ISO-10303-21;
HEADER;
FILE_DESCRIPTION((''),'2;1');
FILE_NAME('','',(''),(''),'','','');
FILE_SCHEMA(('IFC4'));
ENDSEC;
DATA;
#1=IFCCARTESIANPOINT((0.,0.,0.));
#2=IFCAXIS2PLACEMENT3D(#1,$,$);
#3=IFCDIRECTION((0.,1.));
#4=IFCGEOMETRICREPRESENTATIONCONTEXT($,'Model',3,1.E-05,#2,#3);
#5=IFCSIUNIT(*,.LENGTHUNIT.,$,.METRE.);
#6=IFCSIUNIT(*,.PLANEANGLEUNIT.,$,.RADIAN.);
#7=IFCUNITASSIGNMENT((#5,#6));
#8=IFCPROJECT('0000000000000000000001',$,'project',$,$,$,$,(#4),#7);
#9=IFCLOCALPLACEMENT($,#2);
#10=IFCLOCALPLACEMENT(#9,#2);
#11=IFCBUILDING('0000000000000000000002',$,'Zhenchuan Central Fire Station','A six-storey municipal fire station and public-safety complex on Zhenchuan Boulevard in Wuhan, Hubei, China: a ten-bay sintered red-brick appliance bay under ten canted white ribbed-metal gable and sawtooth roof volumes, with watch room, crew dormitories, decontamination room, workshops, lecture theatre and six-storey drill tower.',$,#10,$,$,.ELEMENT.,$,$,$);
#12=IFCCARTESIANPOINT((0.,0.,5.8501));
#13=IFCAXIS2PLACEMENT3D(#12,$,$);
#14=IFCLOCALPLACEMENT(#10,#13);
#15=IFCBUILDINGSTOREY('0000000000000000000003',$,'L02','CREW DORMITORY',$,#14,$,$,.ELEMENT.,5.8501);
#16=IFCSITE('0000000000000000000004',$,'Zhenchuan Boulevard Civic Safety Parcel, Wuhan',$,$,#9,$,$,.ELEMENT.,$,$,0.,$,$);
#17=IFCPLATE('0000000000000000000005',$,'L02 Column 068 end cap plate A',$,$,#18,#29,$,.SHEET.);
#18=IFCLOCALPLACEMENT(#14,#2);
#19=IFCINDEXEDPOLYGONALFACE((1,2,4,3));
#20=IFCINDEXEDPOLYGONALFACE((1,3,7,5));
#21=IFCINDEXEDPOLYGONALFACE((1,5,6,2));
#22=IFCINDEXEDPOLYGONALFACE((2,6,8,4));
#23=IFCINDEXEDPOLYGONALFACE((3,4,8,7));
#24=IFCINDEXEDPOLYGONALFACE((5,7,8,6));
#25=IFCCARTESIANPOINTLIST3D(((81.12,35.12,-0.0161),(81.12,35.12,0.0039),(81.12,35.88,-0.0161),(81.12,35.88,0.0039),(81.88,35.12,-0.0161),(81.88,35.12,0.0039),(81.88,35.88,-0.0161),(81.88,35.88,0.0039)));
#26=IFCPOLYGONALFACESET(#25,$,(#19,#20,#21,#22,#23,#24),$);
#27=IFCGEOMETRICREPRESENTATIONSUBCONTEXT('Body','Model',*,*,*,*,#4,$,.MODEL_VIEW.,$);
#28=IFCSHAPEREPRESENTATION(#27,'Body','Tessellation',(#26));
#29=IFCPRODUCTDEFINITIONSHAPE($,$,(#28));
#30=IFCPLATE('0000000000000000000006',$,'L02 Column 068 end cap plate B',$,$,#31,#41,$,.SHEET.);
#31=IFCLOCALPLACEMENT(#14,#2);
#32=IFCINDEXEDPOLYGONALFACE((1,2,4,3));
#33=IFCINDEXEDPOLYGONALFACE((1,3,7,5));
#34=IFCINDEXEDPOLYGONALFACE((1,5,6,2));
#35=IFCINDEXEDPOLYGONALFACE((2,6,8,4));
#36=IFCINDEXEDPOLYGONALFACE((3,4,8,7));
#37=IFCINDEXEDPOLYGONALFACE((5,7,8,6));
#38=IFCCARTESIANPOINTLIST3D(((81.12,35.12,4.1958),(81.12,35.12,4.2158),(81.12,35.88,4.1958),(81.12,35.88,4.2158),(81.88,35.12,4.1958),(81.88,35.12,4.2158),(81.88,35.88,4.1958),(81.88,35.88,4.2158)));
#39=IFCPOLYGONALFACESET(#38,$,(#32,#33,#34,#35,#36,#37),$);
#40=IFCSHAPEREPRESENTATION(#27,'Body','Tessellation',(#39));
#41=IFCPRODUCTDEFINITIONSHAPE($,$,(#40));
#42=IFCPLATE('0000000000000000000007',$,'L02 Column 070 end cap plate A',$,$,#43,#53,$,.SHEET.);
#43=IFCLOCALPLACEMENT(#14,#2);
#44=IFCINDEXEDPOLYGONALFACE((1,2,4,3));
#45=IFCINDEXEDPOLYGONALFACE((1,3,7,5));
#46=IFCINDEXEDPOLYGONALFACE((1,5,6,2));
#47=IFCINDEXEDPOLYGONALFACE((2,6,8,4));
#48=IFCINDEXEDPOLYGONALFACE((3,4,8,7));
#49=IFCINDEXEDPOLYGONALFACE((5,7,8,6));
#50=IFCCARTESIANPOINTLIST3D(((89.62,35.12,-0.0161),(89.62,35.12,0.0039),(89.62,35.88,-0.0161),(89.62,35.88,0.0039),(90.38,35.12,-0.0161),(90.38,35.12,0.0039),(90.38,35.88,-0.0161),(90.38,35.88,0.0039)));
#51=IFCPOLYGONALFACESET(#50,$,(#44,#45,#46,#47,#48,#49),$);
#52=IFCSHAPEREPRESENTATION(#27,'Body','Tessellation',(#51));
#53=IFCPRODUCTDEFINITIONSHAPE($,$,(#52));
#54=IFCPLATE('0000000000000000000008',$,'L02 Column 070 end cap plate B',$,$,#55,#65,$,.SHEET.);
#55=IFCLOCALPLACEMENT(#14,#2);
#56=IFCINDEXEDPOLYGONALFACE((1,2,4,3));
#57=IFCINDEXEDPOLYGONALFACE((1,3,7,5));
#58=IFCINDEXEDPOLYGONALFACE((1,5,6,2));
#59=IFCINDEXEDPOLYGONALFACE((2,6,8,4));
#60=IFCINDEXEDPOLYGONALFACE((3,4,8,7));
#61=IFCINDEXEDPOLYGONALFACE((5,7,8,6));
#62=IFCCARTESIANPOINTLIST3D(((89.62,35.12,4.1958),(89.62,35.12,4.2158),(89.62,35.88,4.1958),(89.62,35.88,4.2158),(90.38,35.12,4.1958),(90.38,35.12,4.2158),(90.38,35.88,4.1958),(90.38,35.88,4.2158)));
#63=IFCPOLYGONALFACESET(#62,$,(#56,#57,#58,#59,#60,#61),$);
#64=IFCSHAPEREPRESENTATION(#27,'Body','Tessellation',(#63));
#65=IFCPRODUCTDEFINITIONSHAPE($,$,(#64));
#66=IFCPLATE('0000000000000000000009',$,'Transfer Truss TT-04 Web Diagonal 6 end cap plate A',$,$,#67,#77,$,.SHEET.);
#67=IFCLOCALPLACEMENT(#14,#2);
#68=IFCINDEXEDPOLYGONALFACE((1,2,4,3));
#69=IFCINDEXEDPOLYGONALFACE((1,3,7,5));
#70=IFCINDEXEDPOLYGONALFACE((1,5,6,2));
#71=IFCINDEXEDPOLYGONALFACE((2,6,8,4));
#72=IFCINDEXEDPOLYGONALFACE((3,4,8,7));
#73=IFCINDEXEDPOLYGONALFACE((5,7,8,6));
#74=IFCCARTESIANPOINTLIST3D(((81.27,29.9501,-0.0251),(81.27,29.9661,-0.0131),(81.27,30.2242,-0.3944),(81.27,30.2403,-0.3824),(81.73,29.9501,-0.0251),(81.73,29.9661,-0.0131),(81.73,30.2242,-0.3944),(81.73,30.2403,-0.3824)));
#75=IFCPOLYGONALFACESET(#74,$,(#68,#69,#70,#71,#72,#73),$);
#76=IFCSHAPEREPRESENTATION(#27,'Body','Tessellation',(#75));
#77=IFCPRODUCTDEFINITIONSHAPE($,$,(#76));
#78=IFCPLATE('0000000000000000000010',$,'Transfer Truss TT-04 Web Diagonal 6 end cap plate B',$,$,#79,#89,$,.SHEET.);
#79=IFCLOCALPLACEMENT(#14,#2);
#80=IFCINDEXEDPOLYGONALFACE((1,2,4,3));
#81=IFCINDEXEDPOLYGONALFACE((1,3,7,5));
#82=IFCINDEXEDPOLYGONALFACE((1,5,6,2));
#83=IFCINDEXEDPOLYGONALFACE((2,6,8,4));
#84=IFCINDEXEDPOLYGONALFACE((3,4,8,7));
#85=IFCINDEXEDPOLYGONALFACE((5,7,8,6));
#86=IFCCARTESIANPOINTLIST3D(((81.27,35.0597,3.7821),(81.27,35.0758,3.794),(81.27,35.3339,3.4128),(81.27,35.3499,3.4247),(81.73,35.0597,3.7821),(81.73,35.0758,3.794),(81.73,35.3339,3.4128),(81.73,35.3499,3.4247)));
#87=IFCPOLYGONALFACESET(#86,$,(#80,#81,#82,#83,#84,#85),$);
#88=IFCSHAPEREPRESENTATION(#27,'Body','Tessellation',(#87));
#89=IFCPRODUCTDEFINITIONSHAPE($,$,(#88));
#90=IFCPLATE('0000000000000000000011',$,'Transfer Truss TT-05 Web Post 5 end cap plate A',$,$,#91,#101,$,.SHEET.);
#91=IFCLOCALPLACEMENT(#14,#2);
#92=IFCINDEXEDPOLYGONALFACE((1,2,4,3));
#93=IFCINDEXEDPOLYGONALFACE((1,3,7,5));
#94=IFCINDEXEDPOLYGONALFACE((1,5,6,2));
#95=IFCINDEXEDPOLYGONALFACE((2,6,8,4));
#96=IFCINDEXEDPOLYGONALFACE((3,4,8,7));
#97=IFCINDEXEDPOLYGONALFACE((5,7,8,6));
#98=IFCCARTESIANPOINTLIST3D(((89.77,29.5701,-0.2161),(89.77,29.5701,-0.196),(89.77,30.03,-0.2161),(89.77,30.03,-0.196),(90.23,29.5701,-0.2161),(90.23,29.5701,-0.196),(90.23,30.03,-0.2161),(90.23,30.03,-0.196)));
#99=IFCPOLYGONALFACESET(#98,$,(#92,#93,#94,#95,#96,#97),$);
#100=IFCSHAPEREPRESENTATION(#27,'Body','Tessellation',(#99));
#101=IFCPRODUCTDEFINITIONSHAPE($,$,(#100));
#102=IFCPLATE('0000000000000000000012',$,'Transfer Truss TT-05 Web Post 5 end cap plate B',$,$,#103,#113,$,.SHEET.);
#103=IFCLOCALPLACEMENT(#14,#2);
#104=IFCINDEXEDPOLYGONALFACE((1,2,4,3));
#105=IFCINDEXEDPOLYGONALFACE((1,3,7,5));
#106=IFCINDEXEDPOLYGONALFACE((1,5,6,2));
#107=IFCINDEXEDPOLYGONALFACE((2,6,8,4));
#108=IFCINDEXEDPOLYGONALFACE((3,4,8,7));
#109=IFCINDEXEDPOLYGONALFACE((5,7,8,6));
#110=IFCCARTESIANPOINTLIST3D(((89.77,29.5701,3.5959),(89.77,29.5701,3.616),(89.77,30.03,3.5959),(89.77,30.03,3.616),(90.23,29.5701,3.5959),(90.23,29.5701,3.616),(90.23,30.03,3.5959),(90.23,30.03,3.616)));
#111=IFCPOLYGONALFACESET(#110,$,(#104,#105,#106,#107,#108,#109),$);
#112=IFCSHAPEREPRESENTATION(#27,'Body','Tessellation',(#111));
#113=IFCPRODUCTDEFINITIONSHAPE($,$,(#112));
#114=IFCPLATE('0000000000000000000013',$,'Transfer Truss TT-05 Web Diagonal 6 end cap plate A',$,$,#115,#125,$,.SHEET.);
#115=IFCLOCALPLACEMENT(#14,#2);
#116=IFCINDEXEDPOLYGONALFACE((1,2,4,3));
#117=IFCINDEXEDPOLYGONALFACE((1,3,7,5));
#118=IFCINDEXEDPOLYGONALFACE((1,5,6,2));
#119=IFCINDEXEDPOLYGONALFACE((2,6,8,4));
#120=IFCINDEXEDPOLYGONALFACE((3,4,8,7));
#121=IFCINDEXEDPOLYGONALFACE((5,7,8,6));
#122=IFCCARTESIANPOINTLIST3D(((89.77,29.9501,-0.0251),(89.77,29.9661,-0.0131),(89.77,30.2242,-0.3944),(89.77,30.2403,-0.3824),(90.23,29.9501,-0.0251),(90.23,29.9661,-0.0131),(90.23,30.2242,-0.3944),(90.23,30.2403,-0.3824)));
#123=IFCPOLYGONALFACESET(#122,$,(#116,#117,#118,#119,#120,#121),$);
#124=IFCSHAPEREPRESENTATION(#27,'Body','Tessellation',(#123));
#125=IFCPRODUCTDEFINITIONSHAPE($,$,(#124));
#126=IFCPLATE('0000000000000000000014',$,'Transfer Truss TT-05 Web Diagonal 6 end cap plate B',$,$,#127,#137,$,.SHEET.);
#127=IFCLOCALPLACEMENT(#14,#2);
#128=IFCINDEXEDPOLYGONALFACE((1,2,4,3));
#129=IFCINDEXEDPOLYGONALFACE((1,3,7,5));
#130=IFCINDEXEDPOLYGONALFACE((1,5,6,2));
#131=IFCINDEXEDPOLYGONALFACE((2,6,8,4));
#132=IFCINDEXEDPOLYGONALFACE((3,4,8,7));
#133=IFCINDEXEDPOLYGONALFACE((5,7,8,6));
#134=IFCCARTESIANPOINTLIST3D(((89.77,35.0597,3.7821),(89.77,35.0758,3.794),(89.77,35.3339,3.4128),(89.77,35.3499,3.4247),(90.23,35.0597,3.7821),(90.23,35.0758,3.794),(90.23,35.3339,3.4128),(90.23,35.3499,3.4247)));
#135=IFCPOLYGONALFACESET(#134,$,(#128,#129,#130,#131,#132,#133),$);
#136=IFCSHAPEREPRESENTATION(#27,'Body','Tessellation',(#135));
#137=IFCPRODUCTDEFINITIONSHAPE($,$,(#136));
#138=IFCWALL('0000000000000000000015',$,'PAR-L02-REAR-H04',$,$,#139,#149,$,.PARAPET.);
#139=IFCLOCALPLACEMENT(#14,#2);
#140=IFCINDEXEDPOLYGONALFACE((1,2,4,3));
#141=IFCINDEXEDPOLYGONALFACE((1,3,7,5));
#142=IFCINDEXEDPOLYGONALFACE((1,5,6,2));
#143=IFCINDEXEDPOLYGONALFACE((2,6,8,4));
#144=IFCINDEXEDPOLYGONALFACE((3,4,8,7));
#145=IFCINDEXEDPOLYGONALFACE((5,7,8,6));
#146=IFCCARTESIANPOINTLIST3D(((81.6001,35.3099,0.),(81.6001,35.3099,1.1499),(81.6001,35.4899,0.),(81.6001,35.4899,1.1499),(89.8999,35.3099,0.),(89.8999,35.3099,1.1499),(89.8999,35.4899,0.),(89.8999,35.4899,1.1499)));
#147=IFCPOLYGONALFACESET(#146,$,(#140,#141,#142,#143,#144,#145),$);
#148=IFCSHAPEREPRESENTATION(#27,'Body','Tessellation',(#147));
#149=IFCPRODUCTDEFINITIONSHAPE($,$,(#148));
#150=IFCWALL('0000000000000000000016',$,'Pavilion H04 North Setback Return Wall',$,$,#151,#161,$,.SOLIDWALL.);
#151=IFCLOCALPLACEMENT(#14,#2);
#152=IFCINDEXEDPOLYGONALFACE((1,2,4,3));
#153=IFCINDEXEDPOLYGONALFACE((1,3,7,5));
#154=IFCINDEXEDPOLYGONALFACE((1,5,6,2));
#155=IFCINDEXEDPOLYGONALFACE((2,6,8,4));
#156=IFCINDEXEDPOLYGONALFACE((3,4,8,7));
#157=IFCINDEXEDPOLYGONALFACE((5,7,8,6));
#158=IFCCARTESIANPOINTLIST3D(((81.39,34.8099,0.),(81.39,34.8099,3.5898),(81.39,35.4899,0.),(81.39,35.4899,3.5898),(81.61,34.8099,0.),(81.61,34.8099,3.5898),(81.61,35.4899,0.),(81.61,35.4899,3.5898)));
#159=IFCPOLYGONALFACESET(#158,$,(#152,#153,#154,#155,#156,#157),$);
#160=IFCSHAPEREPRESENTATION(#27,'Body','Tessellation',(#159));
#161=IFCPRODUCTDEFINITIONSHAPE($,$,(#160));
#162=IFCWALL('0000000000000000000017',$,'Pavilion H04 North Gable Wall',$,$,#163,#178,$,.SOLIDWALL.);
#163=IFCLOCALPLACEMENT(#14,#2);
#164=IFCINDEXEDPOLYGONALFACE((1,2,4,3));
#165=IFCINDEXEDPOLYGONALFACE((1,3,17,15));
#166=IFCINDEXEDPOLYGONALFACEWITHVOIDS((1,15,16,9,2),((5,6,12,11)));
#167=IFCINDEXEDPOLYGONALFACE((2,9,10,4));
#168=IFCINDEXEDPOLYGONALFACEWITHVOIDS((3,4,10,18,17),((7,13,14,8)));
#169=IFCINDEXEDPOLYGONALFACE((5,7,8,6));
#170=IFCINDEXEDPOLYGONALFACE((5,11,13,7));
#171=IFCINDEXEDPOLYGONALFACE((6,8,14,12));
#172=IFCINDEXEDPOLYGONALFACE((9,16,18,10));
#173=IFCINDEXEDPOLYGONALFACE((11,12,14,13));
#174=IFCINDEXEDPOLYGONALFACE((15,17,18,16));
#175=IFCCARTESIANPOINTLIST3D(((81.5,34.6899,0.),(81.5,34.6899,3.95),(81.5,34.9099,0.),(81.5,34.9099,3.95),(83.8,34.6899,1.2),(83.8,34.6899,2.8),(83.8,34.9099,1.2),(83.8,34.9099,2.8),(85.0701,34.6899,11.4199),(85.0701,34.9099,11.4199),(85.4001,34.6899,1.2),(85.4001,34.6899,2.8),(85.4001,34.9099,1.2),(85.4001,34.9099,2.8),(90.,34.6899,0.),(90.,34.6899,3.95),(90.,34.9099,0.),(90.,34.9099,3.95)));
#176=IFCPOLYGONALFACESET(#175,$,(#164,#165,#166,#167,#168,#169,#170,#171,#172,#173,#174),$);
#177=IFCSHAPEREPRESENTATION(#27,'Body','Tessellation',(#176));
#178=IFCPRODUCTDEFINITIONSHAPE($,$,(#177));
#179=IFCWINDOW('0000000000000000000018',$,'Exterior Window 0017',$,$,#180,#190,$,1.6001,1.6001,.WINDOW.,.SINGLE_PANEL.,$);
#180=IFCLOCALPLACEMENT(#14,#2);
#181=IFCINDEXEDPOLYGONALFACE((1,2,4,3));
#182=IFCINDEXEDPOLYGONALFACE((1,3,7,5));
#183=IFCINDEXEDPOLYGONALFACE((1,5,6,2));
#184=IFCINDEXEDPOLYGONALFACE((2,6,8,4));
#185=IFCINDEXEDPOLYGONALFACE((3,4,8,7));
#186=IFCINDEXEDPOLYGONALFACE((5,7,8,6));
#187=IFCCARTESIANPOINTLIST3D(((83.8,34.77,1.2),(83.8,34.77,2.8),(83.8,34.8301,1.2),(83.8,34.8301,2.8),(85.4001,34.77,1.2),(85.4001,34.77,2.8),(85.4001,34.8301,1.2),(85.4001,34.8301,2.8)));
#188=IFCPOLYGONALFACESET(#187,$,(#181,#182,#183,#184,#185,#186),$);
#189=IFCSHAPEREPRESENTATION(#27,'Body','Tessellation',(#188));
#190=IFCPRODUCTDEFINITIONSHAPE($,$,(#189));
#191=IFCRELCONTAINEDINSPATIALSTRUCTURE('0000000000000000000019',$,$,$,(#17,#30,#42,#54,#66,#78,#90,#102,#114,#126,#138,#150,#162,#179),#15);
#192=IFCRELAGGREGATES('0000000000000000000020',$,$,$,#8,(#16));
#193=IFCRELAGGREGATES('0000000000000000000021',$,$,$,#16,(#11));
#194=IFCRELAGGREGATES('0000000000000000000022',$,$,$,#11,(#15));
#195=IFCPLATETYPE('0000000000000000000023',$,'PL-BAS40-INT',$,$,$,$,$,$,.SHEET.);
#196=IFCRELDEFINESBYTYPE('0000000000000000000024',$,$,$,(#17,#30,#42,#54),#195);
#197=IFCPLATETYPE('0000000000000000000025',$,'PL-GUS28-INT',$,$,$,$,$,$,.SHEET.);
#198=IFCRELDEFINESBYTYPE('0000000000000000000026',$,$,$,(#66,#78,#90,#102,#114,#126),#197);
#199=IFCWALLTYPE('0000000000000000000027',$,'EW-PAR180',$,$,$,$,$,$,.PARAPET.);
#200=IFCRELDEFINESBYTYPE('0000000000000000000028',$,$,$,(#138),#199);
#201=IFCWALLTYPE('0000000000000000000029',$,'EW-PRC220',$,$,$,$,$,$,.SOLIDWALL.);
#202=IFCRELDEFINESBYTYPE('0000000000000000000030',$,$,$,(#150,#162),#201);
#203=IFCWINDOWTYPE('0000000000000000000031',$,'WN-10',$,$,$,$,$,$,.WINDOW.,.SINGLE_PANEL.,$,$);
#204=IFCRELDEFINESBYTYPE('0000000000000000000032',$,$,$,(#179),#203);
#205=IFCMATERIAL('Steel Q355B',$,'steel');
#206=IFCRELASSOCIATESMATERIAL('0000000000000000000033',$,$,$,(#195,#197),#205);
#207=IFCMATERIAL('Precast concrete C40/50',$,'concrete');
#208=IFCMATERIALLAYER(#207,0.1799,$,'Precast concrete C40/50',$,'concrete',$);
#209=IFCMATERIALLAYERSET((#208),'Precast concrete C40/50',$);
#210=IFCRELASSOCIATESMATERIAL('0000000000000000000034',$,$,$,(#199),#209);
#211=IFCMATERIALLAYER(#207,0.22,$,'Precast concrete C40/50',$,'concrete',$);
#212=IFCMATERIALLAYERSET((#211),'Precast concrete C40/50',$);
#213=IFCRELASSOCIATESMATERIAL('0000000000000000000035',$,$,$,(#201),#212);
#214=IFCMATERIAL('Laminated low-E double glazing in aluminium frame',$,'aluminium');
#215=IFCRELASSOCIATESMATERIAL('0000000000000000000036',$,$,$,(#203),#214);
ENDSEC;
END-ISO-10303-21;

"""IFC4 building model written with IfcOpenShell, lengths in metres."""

from ifc_helpers import new_model, si_unit, direction, frame, frame_2d, origin, origin_2d, place, context, subcontext, project, spatial, polyline, rectangle, outline, extrude, material, layer, layer_set, material_profile, profile_set, type_object, element, fill, save


model = new_model("IFC4")

# Units and contexts
model_context = context("Model", 3, precision=1e-05, world=origin(), true_north=direction((0.0, 1.0)))
body_context = subcontext(model_context, "Body", "Model", "MODEL_VIEW")
ifc_project = project(units=[si_unit("LENGTHUNIT", "METRE"), si_unit("PLANEANGLEUNIT", "RADIAN")], contexts=[model_context])

# Site, building, storey
site_placement = place(None, origin())
site = spatial("IfcSite", under=ifc_project, at=site_placement, Name="Zhenchuan Boulevard Civic Safety Parcel, Wuhan", CompositionType="ELEMENT", RefElevation=0.0)
building_placement = place(site_placement, origin())
building = spatial("IfcBuilding", under=site, at=building_placement, Name="Zhenchuan Central Fire Station", Description="A six-storey municipal fire station and public-safety complex on Zhenchuan Boulevard in Wuhan, Hubei, China: a ten-bay sintered red-brick appliance bay under ten canted white ribbed-metal gable and sawtooth roof volumes, with watch room, crew dormitories, decontamination room, workshops, lecture theatre and six-storey drill tower.", CompositionType="ELEMENT")
storey_placement = place(building_placement, frame((0.0, 0.0, 5.8501)))
storey = spatial("IfcBuildingStorey", under=building, at=storey_placement, Name="L02", Description="CREW DORMITORY", CompositionType="ELEMENT", Elevation=5.8501)

# Shared definitions
ifc_material_1 = material(Name="Steel Q355B", Category="steel")

# Plates
ifc_material_profile_1 = material_profile(ifc_material_1, rectangle(XDim=0.76, YDim=0.76, at=origin_2d()), Name="PL 760x760x40")
ifc_profile_set_1 = profile_set([ifc_material_profile_1], Name="Steel Q355B")
plate_type_1 = type_object("IfcPlateType", Name="PL-BAS40-INT", PredefinedType="SHEET", material=ifc_profile_set_1)
for number, where, z_axis, x_axis, name in (
    (1, (81.5, 35.5, -0.0161), (0.0, 0.0, 1.0), (1.0, 0.0, 0.0), "L02 Column 068 end cap plate A"),
    (2, (81.5, 35.5, 4.1958), (0.0, 0.0, 1.0), (1.0, 0.0, 0.0), "L02 Column 068 end cap plate B"),
    (3, (90.0, 35.5, -0.0161), (0.0, 0.0, 1.0), (1.0, 0.0, 0.0), "L02 Column 070 end cap plate A"),
    (4, (90.0, 35.5, 4.1958), (0.0, 0.0, 1.0), (1.0, 0.0, 0.0), "L02 Column 070 end cap plate B"),
):
    element("IfcPlate", number, at=place(storey_placement, frame(where, z_axis=z_axis, x_axis=x_axis)), inside=storey, type_object=plate_type_1, Name=name, PredefinedType="SHEET", context=body_context, shape_type="SweptSolid", body=[
        extrude(rectangle(XDim=0.76, YDim=0.76, at=origin_2d()), origin(), (0.0, 0.0, 1.0), 0.02),
    ])
ifc_material_profile_2 = material_profile(ifc_material_1, rectangle(XDim=0.46, YDim=0.46, at=origin_2d()), Name="PL 460x460x28")
ifc_profile_set_2 = profile_set([ifc_material_profile_2], Name="Steel Q355B")
plate_type_2 = type_object("IfcPlateType", Name="PL-GUS28-INT", PredefinedType="SHEET", material=ifc_profile_set_2)
for number, where, z_axis, x_axis, name in (
    (5, (81.5, 30.0872, -0.2097), (0.0, 0.80291, 0.5961), (-1.0, 0.0, 0.0), "Transfer Truss TT-04 Web Diagonal 6 end cap plate A"),
    (6, (81.5, 35.1968, 3.5974), (0.0, 0.80291, 0.5961), (-1.0, 0.0, 0.0), "Transfer Truss TT-04 Web Diagonal 6 end cap plate B"),
    (7, (90.0, 29.8, -0.2161), (0.0, 0.0, 1.0), (1.0, 0.0, 0.0), "Transfer Truss TT-05 Web Post 5 end cap plate A"),
    (8, (90.0, 29.8, 3.5959), (0.0, 0.0, 1.0), (1.0, 0.0, 0.0), "Transfer Truss TT-05 Web Post 5 end cap plate B"),
    (9, (90.0, 30.0872, -0.2097), (0.0, 0.80291, 0.5961), (-1.0, 0.0, 0.0), "Transfer Truss TT-05 Web Diagonal 6 end cap plate A"),
    (10, (90.0, 35.1968, 3.5974), (0.0, 0.80291, 0.5961), (-1.0, 0.0, 0.0), "Transfer Truss TT-05 Web Diagonal 6 end cap plate B"),
):
    element("IfcPlate", number, at=place(storey_placement, frame(where, z_axis=z_axis, x_axis=x_axis)), inside=storey, type_object=plate_type_2, Name=name, PredefinedType="SHEET", context=body_context, shape_type="SweptSolid", body=[
        extrude(rectangle(XDim=0.46, YDim=0.46, at=origin_2d()), origin(), (0.0, 0.0, 1.0), 0.02),
    ])

# Walls
ifc_material_2 = material(Name="Precast concrete C40/50", Category="concrete")
ifc_layer_1 = layer(ifc_material_2, 0.1799, Name="Precast concrete C40/50", Category="concrete")
ifc_layer_set_1 = layer_set([ifc_layer_1], Name="Precast concrete C40/50")
wall_type_1 = type_object("IfcWallType", Name="EW-PAR180", PredefinedType="PARAPET", material=ifc_layer_set_1)
wall_1_placement = place(storey_placement, frame((81.6001, 35.3999, 0.0), z_axis=(0.0, 0.0, 1.0), x_axis=(1.0, 0.0, 0.0)))
element("IfcWall", 11, at=wall_1_placement, inside=storey, type_object=wall_type_1, Name="PAR-L02-REAR-H04", PredefinedType="PARAPET", context=body_context, shape_type="SweptSolid", body=[
    extrude(rectangle(XDim=8.2998, YDim=0.1799, at=frame_2d((4.1499, 0.0))), origin(), (0.0, 0.0, 1.0), 1.1499),
])
ifc_layer_2 = layer(ifc_material_2, 0.22, Name="Precast concrete C40/50", Category="concrete")
ifc_layer_set_2 = layer_set([ifc_layer_2], Name="Precast concrete C40/50")
wall_type_2 = type_object("IfcWallType", Name="EW-PRC220", PredefinedType="SOLIDWALL", material=ifc_layer_set_2)
wall_2_placement = place(storey_placement, frame((81.5, 34.8101, 0.0), z_axis=(0.0, 0.0, 1.0), x_axis=(0.0, 1.0, 0.0)))
element("IfcWall", 12, at=wall_2_placement, inside=storey, type_object=wall_type_2, Name="Pavilion H04 North Setback Return Wall", PredefinedType="SOLIDWALL", context=body_context, shape_type="SweptSolid", body=[
    extrude(rectangle(XDim=0.6799, YDim=0.22, at=frame_2d((0.3398, 0.0))), origin(), (0.0, 0.0, 1.0), 3.5898),
])

# Wall, opening, window
wall_3_placement = place(storey_placement, frame((81.5, 34.8, 0.0), z_axis=(0.0, 0.0, 1.0), x_axis=(1.0, 0.0, 0.0)))
wall_3 = element("IfcWall", 13, at=wall_3_placement, inside=storey, type_object=wall_type_2, Name="Pavilion H04 North Gable Wall", PredefinedType="SOLIDWALL", context=body_context, shape_type="SweptSolid", body=[
    extrude(outline(polyline([(0.0, 0.0), (8.5, 0.0), (8.5, 3.95), (3.5701, 11.4199), (0.0, 3.95), (0.0, 0.0)])), frame((0.0, 0.1099, 0.0), z_axis=(0.0, -1.0, 0.0), x_axis=(1.0, 0.0, 0.0)), (0.0, 0.0, 1.0), 0.22),
])
opening_placement = place(wall_3_placement, frame((2.3, 0.0, 1.2)))
opening = element("IfcOpeningElement", 14, at=opening_placement, cuts=wall_3, PredefinedType="OPENING", context=body_context, shape_type="SweptSolid", body=[
    extrude(rectangle(XDim=1.6001, YDim=1.6001, at=frame_2d((0.8, 0.8))), frame((0.0, 0.1199, 0.0), z_axis=(0.0, -1.0, 0.0), x_axis=(1.0, 0.0, 0.0)), (0.0, 0.0, 1.0), 0.24),
])
ifc_material_3 = material(Name="Laminated low-E double glazing in aluminium frame", Category="aluminium")
window_type = type_object("IfcWindowType", Name="WN-10", PartitioningType="SINGLE_PANEL", PredefinedType="WINDOW", material=ifc_material_3)
window_placement = place(opening_placement, origin())
window = element("IfcWindow", 15, at=window_placement, inside=storey, type_object=window_type, Name="Exterior Window 0017", OverallHeight=1.6001, OverallWidth=1.6001, PartitioningType="SINGLE_PANEL", PredefinedType="WINDOW", context=body_context, shape_type="SweptSolid", body=[
    extrude(rectangle(XDim=1.6001, YDim=1.6001, at=frame_2d((0.8, 0.8))), frame((0.0, 0.03, 0.0), z_axis=(0.0, -1.0, 0.0), x_axis=(1.0, 0.0, 0.0)), (0.0, 0.0, 1.0), 0.0601),
])
fill(opening, window)

save(model, "model.ifc")
